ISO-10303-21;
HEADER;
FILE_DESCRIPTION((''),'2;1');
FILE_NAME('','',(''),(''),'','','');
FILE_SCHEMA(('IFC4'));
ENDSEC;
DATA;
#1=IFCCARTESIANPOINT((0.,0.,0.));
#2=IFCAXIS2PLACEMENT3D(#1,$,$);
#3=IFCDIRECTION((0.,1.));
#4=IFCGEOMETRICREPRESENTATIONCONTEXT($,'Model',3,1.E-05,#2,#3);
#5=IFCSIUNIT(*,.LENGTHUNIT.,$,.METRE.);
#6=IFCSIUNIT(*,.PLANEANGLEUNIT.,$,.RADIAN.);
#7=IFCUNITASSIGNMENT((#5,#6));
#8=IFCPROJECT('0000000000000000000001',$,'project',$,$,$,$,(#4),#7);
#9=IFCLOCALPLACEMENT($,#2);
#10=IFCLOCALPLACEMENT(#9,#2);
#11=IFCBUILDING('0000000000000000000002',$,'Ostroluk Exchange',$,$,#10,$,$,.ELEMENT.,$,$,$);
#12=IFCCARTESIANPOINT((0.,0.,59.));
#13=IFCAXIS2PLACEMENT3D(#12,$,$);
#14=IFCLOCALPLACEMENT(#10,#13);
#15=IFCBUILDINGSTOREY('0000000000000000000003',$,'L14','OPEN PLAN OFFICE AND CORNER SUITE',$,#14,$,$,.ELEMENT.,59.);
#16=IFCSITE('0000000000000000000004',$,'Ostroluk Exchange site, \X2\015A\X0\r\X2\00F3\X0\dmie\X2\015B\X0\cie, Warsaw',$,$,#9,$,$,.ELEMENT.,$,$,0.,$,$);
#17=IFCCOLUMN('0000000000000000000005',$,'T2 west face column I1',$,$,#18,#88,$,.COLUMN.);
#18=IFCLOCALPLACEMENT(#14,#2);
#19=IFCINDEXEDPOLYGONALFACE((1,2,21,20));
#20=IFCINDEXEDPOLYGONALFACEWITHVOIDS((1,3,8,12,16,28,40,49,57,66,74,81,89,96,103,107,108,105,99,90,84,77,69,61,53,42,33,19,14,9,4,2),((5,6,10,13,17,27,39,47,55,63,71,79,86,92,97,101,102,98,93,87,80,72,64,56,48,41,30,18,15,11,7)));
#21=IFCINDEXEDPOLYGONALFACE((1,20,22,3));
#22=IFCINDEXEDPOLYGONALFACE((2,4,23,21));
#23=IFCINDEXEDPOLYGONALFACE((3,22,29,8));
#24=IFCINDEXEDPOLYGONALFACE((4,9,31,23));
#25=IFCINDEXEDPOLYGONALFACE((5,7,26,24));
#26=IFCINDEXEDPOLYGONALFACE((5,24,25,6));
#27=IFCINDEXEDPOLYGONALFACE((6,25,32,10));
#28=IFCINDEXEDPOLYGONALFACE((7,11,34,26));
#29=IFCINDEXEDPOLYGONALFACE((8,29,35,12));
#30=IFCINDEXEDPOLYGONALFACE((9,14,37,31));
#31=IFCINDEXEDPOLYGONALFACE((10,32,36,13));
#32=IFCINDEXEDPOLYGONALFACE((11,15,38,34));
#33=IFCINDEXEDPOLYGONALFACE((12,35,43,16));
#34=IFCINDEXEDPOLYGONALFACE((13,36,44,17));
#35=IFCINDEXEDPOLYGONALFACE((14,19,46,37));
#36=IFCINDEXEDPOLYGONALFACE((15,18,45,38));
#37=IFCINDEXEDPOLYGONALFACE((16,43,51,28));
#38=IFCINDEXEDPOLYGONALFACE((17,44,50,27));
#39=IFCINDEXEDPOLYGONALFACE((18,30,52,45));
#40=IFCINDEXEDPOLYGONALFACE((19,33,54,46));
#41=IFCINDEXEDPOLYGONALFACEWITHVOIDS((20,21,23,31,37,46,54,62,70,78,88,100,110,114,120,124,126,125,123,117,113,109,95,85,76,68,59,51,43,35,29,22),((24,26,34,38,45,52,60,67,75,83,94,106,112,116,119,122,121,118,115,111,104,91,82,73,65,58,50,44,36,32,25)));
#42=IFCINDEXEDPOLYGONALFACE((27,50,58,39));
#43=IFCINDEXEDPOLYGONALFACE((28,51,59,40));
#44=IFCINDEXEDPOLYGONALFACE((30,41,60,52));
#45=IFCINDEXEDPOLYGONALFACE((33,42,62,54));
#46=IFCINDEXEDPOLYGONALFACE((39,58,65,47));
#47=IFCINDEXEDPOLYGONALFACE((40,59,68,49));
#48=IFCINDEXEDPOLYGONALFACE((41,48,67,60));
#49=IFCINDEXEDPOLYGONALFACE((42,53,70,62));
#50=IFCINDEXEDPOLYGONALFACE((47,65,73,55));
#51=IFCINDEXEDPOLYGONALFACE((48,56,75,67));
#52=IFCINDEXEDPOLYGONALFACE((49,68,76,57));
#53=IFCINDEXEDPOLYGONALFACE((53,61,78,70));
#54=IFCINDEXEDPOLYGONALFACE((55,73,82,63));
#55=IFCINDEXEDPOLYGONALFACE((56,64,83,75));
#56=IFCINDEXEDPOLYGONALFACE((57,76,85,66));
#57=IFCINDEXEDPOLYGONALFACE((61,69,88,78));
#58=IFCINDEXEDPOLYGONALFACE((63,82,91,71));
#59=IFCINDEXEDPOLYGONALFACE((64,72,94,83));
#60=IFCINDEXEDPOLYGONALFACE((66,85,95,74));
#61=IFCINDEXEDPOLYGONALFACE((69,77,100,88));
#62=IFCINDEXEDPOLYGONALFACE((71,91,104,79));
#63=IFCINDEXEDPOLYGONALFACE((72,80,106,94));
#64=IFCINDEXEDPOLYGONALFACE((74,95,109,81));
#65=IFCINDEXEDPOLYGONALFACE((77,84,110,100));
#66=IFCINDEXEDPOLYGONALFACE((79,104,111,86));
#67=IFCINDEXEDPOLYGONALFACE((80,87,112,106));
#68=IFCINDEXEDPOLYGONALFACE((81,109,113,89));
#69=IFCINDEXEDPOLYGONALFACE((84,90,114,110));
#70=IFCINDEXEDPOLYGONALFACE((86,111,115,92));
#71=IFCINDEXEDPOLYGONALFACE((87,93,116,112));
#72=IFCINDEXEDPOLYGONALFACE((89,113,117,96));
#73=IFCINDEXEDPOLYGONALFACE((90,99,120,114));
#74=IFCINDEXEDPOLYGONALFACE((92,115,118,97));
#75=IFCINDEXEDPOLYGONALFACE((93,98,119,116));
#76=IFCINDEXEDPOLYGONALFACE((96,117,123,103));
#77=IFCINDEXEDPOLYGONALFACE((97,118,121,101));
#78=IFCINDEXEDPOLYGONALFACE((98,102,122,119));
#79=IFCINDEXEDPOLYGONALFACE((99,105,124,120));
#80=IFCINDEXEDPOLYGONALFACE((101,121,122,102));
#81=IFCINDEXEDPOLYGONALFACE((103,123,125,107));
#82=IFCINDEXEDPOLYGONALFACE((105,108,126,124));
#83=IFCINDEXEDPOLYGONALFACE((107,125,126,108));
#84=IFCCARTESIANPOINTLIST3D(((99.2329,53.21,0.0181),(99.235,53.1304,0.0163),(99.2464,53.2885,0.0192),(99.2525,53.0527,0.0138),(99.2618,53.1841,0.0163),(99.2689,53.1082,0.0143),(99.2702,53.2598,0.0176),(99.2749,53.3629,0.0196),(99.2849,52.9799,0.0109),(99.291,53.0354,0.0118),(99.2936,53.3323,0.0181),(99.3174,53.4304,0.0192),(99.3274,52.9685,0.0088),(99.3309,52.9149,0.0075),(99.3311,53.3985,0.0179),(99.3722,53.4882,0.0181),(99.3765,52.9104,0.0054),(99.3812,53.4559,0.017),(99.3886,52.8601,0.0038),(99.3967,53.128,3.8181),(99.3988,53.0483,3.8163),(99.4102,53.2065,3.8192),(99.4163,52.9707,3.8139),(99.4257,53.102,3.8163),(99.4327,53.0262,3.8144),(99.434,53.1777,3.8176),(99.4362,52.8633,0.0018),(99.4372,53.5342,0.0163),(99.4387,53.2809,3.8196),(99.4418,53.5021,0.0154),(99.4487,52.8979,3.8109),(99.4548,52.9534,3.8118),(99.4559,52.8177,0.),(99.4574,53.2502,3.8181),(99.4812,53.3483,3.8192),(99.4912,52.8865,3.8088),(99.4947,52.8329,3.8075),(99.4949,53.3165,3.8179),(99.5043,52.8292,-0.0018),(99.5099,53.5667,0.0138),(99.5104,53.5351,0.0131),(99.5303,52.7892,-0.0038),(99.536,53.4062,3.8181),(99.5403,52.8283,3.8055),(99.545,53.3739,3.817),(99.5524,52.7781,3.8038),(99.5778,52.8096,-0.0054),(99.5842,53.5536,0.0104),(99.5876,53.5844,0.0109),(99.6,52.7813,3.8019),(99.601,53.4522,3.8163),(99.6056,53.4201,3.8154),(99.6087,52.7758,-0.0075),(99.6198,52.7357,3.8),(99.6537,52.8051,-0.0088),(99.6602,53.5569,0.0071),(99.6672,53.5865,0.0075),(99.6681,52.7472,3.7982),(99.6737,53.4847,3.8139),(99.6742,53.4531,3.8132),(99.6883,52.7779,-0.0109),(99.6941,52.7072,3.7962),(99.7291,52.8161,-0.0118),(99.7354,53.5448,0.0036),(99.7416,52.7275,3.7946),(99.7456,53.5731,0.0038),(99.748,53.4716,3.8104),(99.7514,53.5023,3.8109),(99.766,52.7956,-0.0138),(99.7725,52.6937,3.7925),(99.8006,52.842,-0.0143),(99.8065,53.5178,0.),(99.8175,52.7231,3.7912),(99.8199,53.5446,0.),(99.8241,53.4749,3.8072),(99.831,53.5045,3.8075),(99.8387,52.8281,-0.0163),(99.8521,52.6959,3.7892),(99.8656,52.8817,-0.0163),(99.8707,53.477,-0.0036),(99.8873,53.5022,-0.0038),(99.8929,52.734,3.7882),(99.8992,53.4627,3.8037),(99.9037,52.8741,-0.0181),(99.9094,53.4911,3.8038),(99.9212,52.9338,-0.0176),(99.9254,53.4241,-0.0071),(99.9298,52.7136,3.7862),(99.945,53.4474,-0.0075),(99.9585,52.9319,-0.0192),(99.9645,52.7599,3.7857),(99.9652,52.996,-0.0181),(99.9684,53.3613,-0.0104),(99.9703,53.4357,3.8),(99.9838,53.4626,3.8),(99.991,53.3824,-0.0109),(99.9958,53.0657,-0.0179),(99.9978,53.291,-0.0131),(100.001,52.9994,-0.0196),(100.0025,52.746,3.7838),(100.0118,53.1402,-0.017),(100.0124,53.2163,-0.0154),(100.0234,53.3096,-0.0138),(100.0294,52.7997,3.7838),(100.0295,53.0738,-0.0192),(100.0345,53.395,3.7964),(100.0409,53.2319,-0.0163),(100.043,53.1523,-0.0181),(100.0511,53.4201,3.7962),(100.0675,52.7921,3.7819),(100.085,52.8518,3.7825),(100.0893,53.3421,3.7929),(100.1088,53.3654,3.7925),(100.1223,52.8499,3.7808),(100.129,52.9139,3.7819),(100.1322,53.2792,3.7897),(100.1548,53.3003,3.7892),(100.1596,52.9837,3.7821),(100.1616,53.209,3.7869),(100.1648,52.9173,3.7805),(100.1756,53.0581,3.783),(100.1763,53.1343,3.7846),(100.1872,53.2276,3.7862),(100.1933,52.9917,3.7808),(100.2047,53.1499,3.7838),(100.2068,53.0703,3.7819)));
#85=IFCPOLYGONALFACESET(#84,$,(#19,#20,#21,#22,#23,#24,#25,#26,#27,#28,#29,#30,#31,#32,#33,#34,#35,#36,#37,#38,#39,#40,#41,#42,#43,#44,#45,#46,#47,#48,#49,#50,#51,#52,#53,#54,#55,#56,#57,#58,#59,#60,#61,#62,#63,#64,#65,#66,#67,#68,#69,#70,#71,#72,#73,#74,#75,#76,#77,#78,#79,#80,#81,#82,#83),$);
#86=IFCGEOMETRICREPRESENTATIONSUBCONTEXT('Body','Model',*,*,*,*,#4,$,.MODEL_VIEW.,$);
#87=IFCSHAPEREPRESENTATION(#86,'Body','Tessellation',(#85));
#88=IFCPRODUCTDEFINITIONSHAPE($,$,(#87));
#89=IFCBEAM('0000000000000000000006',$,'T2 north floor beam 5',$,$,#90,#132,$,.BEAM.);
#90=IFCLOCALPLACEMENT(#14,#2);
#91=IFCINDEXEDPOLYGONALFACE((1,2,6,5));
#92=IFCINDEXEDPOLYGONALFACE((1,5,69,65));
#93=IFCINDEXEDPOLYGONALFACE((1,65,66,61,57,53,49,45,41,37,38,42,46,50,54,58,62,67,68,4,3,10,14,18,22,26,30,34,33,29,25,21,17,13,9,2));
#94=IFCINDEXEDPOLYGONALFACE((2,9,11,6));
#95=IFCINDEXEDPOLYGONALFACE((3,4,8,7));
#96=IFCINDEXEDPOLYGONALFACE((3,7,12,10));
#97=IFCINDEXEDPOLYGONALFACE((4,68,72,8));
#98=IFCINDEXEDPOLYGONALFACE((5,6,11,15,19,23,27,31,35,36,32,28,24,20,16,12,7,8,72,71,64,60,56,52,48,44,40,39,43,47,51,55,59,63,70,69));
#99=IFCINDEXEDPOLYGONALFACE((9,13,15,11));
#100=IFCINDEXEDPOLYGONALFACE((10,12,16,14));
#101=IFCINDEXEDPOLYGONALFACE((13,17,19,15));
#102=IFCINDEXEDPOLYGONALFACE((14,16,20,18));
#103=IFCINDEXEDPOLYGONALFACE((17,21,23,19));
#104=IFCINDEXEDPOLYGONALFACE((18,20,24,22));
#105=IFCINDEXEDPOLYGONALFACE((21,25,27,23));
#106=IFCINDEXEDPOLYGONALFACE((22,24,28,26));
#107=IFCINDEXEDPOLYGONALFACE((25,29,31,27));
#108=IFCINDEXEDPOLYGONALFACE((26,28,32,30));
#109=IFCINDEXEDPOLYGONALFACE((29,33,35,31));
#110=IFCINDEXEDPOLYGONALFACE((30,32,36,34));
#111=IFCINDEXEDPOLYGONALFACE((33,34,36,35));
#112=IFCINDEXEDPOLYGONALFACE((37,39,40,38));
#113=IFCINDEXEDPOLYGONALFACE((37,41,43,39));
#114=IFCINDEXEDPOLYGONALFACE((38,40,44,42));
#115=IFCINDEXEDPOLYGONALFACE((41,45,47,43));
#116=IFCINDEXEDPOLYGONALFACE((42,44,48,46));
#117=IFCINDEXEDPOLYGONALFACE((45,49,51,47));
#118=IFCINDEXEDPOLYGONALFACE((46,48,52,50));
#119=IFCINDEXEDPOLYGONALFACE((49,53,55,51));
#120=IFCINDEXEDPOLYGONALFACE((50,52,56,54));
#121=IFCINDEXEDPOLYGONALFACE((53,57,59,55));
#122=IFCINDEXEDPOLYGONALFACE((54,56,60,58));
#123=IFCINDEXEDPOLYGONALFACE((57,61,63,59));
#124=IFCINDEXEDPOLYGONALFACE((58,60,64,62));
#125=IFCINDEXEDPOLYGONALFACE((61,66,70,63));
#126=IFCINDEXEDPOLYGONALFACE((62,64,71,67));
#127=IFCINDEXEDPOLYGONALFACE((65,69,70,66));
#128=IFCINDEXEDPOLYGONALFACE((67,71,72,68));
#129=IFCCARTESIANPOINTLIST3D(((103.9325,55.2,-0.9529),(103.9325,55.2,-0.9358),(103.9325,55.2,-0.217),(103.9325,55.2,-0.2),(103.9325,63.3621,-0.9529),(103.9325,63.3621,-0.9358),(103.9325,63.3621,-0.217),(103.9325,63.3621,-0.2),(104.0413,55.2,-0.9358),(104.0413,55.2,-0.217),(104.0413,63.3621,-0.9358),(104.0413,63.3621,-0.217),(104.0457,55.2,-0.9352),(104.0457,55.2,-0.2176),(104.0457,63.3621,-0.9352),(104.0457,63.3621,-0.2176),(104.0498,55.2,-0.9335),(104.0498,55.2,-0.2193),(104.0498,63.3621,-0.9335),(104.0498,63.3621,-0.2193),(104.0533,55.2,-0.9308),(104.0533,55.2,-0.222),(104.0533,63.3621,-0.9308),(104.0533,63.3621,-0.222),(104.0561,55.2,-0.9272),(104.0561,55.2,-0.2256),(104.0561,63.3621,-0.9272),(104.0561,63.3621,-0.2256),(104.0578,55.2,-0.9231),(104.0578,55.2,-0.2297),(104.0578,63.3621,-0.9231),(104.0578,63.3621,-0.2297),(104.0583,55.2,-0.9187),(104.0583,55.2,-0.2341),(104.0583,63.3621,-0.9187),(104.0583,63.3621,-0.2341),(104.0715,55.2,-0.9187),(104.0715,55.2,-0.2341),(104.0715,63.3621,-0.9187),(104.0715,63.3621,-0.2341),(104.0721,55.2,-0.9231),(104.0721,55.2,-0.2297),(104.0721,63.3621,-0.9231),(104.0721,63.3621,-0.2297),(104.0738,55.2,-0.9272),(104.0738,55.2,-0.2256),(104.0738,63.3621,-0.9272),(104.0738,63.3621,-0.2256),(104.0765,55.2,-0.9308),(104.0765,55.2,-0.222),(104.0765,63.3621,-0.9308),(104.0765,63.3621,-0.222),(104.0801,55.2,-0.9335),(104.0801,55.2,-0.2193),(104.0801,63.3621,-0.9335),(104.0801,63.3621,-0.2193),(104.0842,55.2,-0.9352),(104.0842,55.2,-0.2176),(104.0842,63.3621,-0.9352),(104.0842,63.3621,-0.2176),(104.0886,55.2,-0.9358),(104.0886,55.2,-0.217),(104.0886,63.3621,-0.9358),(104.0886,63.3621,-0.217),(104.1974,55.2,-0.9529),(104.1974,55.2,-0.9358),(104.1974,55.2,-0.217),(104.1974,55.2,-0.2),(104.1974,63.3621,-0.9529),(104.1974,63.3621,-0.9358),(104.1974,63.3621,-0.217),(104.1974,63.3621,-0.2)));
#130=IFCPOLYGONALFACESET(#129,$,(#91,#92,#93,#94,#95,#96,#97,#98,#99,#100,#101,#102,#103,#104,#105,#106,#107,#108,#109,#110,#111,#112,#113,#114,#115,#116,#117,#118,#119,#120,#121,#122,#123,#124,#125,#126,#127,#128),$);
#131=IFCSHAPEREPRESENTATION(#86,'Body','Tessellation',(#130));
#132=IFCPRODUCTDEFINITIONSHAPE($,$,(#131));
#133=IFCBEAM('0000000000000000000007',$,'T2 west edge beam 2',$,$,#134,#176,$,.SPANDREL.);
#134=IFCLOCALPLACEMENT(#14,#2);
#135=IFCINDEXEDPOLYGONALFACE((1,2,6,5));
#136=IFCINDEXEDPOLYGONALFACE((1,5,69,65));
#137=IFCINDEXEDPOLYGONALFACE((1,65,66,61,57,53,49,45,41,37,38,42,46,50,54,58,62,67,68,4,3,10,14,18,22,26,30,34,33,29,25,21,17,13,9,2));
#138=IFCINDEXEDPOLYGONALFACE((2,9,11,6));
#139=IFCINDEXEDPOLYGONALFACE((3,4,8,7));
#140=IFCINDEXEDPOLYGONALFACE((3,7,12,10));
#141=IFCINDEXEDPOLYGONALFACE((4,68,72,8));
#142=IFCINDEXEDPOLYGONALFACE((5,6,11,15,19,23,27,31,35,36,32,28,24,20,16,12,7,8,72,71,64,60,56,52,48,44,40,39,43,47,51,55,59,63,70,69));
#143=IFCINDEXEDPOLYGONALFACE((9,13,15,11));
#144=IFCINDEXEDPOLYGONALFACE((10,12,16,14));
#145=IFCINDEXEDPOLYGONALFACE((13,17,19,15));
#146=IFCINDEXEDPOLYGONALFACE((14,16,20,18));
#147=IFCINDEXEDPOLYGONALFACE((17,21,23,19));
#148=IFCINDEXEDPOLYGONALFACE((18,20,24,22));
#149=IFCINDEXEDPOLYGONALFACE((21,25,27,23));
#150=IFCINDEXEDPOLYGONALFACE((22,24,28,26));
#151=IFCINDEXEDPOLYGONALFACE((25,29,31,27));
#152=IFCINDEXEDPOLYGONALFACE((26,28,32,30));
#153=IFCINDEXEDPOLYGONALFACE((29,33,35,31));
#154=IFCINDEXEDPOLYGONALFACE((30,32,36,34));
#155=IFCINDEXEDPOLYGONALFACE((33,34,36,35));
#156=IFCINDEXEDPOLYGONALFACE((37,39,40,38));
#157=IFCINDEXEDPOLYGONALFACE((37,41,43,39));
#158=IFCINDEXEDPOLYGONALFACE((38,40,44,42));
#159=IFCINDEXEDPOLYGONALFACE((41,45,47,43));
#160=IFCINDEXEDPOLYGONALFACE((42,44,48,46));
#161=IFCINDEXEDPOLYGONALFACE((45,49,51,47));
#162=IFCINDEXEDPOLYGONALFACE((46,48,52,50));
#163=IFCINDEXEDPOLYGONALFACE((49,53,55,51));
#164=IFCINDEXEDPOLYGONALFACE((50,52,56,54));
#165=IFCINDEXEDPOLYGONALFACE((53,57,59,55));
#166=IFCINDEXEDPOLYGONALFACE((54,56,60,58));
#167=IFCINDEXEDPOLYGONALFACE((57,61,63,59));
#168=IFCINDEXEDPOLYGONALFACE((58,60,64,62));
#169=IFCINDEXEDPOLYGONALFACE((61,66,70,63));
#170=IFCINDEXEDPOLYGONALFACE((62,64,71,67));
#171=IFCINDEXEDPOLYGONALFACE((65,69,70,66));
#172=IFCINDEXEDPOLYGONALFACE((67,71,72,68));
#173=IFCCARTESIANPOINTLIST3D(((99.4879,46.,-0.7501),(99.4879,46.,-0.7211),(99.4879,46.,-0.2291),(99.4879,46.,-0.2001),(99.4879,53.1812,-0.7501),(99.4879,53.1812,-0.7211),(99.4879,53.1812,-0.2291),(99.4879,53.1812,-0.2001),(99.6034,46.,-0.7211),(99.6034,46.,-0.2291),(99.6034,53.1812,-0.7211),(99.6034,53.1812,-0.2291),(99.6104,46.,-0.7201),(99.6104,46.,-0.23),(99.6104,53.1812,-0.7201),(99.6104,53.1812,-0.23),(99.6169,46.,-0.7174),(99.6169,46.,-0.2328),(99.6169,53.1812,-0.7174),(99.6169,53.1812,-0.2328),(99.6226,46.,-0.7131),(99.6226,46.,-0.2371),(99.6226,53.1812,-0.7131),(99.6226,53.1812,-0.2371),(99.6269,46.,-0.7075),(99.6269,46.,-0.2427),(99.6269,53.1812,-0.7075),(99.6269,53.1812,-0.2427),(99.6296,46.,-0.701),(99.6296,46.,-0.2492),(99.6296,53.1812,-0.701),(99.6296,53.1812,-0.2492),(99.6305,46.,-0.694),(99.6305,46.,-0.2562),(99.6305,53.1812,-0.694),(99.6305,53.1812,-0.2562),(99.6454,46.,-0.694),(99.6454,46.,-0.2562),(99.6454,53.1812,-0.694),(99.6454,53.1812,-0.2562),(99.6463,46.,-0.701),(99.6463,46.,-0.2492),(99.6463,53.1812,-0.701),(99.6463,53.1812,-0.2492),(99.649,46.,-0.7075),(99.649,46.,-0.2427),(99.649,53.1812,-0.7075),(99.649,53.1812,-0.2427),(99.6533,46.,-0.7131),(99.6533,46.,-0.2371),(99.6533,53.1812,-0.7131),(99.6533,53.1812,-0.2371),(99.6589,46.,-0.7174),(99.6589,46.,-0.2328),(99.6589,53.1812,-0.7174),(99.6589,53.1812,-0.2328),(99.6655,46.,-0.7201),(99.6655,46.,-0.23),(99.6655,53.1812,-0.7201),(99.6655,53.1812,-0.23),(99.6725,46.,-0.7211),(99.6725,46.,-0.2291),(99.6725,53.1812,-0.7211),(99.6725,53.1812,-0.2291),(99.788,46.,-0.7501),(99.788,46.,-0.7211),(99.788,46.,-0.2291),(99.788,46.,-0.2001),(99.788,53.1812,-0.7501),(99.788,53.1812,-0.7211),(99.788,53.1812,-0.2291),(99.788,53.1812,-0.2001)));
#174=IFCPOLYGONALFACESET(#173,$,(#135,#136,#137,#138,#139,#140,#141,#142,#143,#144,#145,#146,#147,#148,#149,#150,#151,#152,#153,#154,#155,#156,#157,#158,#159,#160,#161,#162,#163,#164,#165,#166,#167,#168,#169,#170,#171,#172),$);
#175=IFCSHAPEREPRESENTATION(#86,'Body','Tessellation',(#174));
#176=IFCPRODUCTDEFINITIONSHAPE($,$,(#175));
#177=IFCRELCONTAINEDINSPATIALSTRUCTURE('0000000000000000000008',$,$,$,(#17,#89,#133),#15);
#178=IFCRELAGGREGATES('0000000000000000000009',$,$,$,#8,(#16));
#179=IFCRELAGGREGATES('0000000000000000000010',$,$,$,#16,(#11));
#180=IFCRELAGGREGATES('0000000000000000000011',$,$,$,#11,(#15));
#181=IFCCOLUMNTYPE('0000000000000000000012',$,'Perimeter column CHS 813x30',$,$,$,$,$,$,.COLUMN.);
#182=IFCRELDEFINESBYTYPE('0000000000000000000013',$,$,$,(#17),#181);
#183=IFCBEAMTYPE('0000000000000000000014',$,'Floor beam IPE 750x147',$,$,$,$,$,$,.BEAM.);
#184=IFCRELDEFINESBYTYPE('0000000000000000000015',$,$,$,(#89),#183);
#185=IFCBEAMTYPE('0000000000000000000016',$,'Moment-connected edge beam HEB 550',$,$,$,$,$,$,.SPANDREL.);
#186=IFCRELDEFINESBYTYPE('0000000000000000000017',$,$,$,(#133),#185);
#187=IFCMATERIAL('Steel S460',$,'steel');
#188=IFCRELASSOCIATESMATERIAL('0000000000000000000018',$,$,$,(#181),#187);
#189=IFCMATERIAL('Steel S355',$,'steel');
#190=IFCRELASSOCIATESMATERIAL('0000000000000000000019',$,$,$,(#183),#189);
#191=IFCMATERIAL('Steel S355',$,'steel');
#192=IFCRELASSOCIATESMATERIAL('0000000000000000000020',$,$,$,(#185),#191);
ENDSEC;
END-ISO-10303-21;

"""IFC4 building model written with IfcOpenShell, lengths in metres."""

from ifc_helpers import new_model, si_unit, direction, frame, origin, origin_2d, place, context, subcontext, project, spatial, hollow_circle, i_section, extrude, material, material_profile, profile_set, type_object, element, save


model = new_model("IFC4")

# Units and contexts
model_context = context("Model", 3, precision=1e-05, world=origin(), true_north=direction((0.0, 1.0)))
body_context = subcontext(model_context, "Body", "Model", "MODEL_VIEW")
ifc_project = project(units=[si_unit("LENGTHUNIT", "METRE"), si_unit("PLANEANGLEUNIT", "RADIAN")], contexts=[model_context])

# Site, building, storey
site_placement = place(None, origin())
site = spatial("IfcSite", under=ifc_project, at=site_placement, Name="Ostroluk Exchange site, Śródmieście, Warsaw", CompositionType="ELEMENT", RefElevation=0.0)
building_placement = place(site_placement, origin())
building = spatial("IfcBuilding", under=site, at=building_placement, Name="Ostroluk Exchange", CompositionType="ELEMENT")
storey_placement = place(building_placement, frame((0.0, 0.0, 59.0)))
storey = spatial("IfcBuildingStorey", under=building, at=storey_placement, Name="L14", Description="OPEN PLAN OFFICE AND CORNER SUITE", CompositionType="ELEMENT", Elevation=59.0)

# Column
ifc_material_1 = material(Name="Steel S460", Category="steel")
ifc_material_profile_1 = material_profile(ifc_material_1, hollow_circle(Radius=0.4065, WallThickness=0.03, at=origin_2d()), Name="CHS 813x30")
ifc_profile_set_1 = profile_set([ifc_material_profile_1], Name="Steel S460")
column_type = type_object("IfcColumnType", Name="Perimeter column CHS 813x30", PredefinedType="COLUMN", material=ifc_profile_set_1)
column_placement = place(storey_placement, frame((99.6379, 53.1812, 0.0), z_axis=(0.04306, -0.021562, 0.99884), x_axis=(0.447747, 0.894161, 0.0)))
element("IfcColumn", 1, at=column_placement, inside=storey, type_object=column_type, Name="T2 west face column I1", PredefinedType="COLUMN", context=body_context, shape_type="SweptSolid", body=[
    extrude(hollow_circle(Radius=0.4065, WallThickness=0.03, at=origin_2d()), origin(), (0.0, 0.0, 1.0), 3.8044),
])

# Beams
ifc_material_2 = material(Name="Steel S355", Category="steel")
ifc_material_profile_2 = material_profile(ifc_material_2, i_section(OverallWidth=0.2649, OverallDepth=0.7529, WebThickness=0.0132, FlangeThickness=0.0171, FilletRadius=0.0171, at=origin_2d()), Name="IPE 750x147")
ifc_profile_set_2 = profile_set([ifc_material_profile_2], Name="Steel S355")
beam_type_1 = type_object("IfcBeamType", Name="Floor beam IPE 750x147", PredefinedType="BEAM", material=ifc_profile_set_2)
beam_placement = place(storey_placement, frame((104.0649, 55.2, -0.5764), z_axis=(0.0, 1.0, 0.0), x_axis=(-1.0, 0.0, 0.0)))
element("IfcBeam", 2, at=beam_placement, inside=storey, type_object=beam_type_1, Name="T2 north floor beam 5", PredefinedType="BEAM", context=body_context, shape_type="SweptSolid", body=[
    extrude(i_section(OverallWidth=0.2649, OverallDepth=0.7529, WebThickness=0.0132, FlangeThickness=0.0171, FilletRadius=0.0171, at=origin_2d()), origin(), (0.0, 0.0, 1.0), 8.1621),
])
ifc_material_3 = material(Name="Steel S355", Category="steel")
ifc_material_profile_3 = material_profile(ifc_material_3, i_section(OverallWidth=0.3, OverallDepth=0.55, WebThickness=0.0149, FlangeThickness=0.0291, FilletRadius=0.0271, at=origin_2d()), Name="HEB 550")
ifc_profile_set_3 = profile_set([ifc_material_profile_3], Name="Steel S355")
beam_type_2 = type_object("IfcBeamType", Name="Moment-connected edge beam HEB 550", PredefinedType="SPANDREL", material=ifc_profile_set_3)
for number, where, z_axis, x_axis, name in (
    (3, (99.6379, 53.1812, -0.4751), (0.0, -1.0, 0.0), (1.0, 0.0, 0.0), "T2 west edge beam 2"),
):
    element("IfcBeam", number, at=place(storey_placement, frame(where, z_axis=z_axis, x_axis=x_axis)), inside=storey, type_object=beam_type_2, Name=name, PredefinedType="SPANDREL", context=body_context, shape_type="SweptSolid", body=[
        extrude(i_section(OverallWidth=0.3, OverallDepth=0.55, WebThickness=0.0149, FlangeThickness=0.0291, FilletRadius=0.0271, at=origin_2d()), origin(), (0.0, 0.0, 1.0), 7.1812),
    ])

save(model, "model.ifc")
